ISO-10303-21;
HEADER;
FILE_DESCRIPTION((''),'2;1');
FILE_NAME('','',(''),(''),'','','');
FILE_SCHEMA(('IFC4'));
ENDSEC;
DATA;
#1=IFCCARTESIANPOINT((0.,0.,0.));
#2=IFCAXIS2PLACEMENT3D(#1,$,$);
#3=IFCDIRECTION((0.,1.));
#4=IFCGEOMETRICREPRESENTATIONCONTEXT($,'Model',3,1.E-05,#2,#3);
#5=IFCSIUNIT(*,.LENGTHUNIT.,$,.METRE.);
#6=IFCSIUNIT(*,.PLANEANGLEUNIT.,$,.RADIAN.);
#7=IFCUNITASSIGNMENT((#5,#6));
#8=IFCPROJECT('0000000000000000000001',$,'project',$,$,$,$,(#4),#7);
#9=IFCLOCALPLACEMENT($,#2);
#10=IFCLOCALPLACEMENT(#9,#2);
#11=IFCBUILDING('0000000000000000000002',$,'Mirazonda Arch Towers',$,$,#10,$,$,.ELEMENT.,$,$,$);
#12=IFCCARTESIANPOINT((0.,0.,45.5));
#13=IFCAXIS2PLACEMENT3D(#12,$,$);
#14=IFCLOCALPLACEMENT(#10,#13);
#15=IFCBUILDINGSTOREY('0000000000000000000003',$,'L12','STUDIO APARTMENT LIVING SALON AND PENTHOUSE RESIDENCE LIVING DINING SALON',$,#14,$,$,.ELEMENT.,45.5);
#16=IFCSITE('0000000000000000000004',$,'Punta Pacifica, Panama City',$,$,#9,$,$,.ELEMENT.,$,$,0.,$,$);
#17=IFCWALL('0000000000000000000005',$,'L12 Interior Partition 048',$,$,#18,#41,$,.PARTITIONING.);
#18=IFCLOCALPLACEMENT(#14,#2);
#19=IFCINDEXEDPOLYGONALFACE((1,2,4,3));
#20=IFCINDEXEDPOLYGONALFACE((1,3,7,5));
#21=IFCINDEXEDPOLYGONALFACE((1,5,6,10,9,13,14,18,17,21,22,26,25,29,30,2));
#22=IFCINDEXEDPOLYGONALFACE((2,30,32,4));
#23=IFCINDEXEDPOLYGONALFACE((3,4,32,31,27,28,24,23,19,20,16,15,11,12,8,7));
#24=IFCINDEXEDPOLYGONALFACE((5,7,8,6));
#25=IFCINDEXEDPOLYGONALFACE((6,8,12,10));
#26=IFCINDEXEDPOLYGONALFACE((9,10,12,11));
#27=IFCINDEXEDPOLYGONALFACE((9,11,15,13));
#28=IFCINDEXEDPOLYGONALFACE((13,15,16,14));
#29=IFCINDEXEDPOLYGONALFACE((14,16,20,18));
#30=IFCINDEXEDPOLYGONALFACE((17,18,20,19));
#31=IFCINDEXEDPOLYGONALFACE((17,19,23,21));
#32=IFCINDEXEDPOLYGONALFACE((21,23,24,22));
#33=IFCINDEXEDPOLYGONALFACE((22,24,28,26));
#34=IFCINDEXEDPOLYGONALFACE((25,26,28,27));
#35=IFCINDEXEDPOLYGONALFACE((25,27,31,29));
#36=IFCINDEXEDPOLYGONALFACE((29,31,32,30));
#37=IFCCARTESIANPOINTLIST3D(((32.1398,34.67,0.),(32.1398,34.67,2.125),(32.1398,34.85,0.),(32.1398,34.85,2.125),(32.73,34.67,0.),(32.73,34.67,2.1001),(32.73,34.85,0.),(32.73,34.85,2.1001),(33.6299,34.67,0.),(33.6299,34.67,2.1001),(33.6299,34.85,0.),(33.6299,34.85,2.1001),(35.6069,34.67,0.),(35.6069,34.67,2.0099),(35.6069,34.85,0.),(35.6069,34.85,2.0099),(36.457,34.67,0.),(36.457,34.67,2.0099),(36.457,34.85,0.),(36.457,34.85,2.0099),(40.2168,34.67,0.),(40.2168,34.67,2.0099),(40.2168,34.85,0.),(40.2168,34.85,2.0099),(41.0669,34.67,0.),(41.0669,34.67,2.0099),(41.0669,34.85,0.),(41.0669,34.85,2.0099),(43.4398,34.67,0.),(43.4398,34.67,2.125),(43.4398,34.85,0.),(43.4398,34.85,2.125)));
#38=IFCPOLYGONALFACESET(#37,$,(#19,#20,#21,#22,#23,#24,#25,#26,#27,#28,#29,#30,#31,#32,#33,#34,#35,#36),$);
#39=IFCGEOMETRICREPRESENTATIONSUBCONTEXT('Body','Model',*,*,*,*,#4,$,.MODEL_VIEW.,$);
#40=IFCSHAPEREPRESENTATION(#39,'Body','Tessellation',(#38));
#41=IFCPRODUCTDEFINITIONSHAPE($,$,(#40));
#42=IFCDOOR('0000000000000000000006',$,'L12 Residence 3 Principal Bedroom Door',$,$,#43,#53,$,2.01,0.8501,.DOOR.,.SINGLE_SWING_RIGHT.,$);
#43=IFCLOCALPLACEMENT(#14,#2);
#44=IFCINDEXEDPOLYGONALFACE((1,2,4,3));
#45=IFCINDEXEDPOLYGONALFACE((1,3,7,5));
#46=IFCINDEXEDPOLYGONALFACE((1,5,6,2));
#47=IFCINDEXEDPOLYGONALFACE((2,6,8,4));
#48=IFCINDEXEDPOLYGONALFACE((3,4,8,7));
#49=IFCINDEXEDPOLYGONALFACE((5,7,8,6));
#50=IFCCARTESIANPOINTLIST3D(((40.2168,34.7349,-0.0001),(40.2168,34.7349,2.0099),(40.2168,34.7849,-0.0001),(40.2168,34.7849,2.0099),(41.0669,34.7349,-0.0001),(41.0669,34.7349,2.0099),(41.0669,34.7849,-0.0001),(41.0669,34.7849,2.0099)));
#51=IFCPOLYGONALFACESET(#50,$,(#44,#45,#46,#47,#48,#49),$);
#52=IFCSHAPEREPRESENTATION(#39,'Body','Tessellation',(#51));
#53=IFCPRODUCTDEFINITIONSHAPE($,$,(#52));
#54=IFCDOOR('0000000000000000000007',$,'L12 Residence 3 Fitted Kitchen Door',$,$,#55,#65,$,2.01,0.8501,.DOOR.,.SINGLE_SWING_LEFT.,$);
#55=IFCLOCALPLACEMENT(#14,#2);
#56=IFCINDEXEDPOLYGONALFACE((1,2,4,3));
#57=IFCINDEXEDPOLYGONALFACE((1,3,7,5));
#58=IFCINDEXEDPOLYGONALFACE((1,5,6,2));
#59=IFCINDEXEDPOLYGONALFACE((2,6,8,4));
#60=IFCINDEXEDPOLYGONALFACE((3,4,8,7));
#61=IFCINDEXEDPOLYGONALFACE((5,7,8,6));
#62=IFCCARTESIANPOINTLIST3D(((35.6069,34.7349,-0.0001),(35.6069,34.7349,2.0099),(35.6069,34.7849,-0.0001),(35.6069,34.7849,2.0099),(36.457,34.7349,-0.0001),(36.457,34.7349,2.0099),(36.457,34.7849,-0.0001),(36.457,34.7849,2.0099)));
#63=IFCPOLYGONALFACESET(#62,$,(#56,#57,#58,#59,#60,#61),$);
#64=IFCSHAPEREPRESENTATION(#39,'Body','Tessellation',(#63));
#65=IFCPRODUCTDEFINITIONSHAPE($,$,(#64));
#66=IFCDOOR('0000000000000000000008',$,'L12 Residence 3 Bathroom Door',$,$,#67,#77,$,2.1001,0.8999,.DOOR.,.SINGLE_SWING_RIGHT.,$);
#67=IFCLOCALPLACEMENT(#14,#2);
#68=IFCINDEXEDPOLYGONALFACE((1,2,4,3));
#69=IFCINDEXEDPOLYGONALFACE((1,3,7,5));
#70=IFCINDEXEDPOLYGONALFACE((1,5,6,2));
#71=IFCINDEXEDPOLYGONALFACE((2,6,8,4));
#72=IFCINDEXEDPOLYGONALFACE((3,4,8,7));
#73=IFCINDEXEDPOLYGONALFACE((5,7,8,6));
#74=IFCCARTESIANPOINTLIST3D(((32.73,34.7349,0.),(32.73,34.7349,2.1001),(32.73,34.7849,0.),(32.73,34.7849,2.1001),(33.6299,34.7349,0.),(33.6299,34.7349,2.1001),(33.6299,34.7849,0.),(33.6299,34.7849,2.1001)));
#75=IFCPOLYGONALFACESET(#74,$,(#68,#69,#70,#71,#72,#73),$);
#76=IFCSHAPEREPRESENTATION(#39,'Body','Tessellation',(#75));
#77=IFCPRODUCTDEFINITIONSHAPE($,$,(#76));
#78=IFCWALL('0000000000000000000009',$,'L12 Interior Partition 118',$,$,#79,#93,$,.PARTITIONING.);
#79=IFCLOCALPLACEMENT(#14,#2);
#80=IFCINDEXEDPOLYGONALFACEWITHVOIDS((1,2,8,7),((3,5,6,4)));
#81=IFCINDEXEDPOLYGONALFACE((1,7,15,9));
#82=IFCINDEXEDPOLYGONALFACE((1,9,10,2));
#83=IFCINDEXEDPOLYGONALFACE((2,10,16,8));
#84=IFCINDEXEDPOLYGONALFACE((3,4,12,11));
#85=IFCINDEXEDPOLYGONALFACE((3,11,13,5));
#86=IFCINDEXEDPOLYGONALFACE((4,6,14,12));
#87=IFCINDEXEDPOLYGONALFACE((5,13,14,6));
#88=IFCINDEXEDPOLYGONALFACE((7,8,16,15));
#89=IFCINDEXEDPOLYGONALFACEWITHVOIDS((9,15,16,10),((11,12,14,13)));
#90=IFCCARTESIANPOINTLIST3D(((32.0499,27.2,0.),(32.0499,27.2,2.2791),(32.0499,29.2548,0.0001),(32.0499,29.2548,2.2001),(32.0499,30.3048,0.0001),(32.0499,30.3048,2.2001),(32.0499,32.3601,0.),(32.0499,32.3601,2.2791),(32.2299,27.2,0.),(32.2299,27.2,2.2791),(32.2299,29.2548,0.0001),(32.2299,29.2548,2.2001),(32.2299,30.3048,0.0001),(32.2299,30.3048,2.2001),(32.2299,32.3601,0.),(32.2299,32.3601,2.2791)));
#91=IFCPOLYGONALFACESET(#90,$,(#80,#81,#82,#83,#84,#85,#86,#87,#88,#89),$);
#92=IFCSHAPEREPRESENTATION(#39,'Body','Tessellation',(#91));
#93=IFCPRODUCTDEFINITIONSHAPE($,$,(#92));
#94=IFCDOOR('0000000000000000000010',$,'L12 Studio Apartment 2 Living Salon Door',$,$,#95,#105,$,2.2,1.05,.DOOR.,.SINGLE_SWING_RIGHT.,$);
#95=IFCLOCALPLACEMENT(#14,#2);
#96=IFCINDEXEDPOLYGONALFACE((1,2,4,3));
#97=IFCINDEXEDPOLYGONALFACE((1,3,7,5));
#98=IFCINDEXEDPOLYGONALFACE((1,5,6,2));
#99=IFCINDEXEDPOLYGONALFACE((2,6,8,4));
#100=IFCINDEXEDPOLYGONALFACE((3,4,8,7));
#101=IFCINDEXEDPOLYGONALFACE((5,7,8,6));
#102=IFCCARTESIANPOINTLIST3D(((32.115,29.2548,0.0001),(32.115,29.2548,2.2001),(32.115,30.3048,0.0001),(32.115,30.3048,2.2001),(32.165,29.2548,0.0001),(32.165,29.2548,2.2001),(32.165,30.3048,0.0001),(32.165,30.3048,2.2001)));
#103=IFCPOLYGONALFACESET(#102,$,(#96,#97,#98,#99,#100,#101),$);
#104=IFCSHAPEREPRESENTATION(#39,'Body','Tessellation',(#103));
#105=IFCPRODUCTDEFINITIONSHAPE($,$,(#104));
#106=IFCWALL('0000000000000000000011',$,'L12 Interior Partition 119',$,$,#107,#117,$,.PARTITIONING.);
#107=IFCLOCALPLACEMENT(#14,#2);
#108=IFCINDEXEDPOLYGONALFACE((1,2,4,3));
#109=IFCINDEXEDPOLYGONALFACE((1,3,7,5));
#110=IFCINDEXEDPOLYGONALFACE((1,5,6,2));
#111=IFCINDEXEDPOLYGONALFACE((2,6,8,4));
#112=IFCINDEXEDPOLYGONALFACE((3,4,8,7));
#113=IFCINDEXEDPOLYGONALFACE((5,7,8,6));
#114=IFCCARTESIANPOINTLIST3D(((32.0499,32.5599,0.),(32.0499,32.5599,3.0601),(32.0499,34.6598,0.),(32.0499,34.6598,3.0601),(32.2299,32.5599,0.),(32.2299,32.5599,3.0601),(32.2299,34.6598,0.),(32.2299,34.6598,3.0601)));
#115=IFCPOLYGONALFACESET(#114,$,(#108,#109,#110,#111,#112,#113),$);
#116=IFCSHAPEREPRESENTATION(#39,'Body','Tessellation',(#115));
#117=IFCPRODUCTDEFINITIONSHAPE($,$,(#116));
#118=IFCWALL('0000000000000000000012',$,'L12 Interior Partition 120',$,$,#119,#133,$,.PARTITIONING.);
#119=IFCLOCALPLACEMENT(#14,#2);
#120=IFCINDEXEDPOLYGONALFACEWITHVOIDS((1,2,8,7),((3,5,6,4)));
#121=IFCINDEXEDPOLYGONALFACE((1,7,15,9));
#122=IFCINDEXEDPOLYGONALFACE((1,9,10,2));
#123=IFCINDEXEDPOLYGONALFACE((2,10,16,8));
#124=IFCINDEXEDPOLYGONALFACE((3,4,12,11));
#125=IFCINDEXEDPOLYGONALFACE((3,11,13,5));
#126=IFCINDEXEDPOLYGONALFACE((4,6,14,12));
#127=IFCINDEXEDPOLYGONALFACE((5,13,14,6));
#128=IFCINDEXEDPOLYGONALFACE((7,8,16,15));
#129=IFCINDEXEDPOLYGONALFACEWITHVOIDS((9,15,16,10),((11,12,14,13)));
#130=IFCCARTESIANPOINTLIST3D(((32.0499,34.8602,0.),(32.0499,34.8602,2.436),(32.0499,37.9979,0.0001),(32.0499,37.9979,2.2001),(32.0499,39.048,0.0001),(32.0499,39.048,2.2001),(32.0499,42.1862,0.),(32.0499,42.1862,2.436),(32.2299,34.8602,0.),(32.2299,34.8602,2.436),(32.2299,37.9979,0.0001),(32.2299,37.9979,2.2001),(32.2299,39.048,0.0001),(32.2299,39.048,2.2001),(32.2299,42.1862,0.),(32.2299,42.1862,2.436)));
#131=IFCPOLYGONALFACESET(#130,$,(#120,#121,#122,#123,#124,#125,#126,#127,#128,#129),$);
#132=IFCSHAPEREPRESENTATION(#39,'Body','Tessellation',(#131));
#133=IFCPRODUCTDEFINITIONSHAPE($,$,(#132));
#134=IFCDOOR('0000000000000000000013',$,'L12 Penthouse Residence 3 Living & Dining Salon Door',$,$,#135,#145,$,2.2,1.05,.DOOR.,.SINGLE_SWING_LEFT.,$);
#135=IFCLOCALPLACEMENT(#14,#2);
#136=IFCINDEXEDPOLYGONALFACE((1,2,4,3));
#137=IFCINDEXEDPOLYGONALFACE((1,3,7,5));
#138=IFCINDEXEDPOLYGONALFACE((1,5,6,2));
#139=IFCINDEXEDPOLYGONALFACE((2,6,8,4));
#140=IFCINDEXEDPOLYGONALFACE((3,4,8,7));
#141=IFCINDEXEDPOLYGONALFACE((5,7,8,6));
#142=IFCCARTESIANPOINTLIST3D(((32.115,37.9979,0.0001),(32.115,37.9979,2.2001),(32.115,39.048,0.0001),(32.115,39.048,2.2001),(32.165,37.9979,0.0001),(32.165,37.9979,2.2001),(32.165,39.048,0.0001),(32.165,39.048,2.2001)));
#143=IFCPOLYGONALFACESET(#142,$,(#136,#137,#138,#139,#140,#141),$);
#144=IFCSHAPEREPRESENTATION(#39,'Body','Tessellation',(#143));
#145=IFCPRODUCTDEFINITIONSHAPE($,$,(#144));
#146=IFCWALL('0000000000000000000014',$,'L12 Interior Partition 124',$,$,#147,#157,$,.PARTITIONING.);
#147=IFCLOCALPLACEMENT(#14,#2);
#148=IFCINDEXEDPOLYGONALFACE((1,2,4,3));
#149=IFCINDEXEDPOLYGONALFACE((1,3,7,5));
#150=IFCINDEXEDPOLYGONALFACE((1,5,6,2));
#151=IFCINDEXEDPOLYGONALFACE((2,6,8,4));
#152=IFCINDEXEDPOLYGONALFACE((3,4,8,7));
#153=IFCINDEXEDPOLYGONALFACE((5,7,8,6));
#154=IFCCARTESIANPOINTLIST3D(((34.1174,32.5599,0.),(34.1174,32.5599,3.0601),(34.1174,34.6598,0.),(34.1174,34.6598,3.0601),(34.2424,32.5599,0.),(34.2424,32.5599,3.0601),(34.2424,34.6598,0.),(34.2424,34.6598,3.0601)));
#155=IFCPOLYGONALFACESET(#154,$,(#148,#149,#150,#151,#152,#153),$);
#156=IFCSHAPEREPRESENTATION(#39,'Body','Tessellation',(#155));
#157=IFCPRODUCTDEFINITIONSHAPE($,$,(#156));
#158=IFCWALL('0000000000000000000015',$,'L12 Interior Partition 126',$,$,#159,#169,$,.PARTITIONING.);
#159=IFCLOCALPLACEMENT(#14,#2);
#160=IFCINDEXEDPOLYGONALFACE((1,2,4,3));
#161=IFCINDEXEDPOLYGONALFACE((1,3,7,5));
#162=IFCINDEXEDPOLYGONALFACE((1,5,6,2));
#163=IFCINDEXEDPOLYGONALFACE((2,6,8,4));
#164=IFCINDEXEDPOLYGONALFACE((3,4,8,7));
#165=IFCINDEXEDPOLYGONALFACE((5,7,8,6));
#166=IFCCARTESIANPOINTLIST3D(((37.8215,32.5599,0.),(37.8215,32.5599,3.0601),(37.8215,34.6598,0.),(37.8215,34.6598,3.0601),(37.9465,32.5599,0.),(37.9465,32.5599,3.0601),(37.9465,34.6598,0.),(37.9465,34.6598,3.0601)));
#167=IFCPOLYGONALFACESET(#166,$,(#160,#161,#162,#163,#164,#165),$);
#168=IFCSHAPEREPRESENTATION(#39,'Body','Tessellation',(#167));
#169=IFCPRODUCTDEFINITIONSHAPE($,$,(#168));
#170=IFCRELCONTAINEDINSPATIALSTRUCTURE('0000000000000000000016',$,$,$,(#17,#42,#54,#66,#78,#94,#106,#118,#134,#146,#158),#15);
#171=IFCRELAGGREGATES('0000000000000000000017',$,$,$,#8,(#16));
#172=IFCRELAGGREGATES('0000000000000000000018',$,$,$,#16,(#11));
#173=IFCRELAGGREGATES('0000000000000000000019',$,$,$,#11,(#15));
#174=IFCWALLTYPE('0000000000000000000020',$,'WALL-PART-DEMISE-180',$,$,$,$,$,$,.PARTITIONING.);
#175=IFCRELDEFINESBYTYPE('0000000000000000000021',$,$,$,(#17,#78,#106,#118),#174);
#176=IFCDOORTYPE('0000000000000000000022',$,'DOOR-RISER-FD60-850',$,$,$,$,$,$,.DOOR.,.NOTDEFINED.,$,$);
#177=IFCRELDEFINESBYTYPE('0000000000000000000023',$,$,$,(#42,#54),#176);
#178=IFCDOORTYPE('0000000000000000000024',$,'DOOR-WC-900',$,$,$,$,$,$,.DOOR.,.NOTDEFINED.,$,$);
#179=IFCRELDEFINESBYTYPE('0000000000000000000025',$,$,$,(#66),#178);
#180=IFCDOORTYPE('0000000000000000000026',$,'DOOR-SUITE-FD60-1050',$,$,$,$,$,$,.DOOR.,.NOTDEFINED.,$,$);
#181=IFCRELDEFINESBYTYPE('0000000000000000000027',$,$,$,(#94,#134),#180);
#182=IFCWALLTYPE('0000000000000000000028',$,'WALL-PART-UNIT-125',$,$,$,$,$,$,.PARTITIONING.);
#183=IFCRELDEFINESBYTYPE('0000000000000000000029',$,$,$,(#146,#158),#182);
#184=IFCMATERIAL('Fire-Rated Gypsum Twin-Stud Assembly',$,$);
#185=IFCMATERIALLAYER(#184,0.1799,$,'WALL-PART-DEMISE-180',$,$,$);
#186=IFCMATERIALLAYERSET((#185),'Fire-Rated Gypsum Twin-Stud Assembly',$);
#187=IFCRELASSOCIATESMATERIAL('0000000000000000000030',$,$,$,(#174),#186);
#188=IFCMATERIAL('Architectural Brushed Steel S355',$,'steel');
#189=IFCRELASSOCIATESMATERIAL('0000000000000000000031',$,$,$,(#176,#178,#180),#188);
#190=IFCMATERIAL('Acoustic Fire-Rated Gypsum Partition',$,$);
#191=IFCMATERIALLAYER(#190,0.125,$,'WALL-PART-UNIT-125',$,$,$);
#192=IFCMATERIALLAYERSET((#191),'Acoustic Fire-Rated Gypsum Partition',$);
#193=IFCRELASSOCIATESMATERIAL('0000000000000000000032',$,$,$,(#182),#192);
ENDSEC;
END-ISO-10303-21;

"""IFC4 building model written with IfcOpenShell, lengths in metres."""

from ifc_helpers import new_model, si_unit, direction, frame, frame_2d, origin, place, context, subcontext, project, spatial, rectangle, extrude, material, layer, layer_set, type_object, element, fill, save


model = new_model("IFC4")

# Units and contexts
model_context = context("Model", 3, precision=1e-05, world=origin(), true_north=direction((0.0, 1.0)))
body_context = subcontext(model_context, "Body", "Model", "MODEL_VIEW")
ifc_project = project(units=[si_unit("LENGTHUNIT", "METRE"), si_unit("PLANEANGLEUNIT", "RADIAN")], contexts=[model_context])

# Site, building, storey
site_placement = place(None, origin())
site = spatial("IfcSite", under=ifc_project, at=site_placement, Name="Punta Pacifica, Panama City", CompositionType="ELEMENT", RefElevation=0.0)
building_placement = place(site_placement, origin())
building = spatial("IfcBuilding", under=site, at=building_placement, Name="Mirazonda Arch Towers", CompositionType="ELEMENT")
storey_placement = place(building_placement, frame((0.0, 0.0, 45.5)))
storey = spatial("IfcBuildingStorey", under=building, at=storey_placement, Name="L12", Description="STUDIO APARTMENT LIVING SALON AND PENTHOUSE RESIDENCE LIVING DINING SALON", CompositionType="ELEMENT", Elevation=45.5)

# Shared definitions
ifc_material_1 = material(Name="Fire-Rated Gypsum Twin-Stud Assembly")
ifc_layer_1 = layer(ifc_material_1, 0.1799, Name="WALL-PART-DEMISE-180")
ifc_layer_set_1 = layer_set([ifc_layer_1], Name="Fire-Rated Gypsum Twin-Stud Assembly")
wall_type_1 = type_object("IfcWallType", Name="WALL-PART-DEMISE-180", PredefinedType="PARTITIONING", material=ifc_layer_set_1)
ifc_material_2 = material(Name="Architectural Brushed Steel S355", Category="steel")
door_type_1 = type_object("IfcDoorType", Name="DOOR-RISER-FD60-850", OperationType="NOTDEFINED", PredefinedType="DOOR", material=ifc_material_2)
door_type_2 = type_object("IfcDoorType", Name="DOOR-WC-900", OperationType="NOTDEFINED", PredefinedType="DOOR", material=ifc_material_2)

# Wall, openings, doors
wall_1_placement = place(storey_placement, frame((32.1399, 34.76, 0.0), z_axis=(0.0, 0.0, 1.0), x_axis=(1.0, 0.0, 0.0)))
wall_1 = element("IfcWall", 1, at=wall_1_placement, inside=storey, type_object=wall_type_1, Name="L12 Interior Partition 048", PredefinedType="PARTITIONING", context=body_context, shape_type="SweptSolid", body=[
    extrude(rectangle(XDim=11.3, YDim=0.1799, at=frame_2d((5.6499, 0.0))), origin(), (0.0, 0.0, 1.0), 2.125),
])
opening_1_placement = place(wall_1_placement, frame((8.0769, 0.0, 0.0)))
opening_1 = element("IfcOpeningElement", 2, at=opening_1_placement, cuts=wall_1, PredefinedType="OPENING", context=body_context, shape_type="SweptSolid", body=[
    extrude(rectangle(XDim=0.8501, YDim=2.01, at=frame_2d((0.425, 1.0049))), frame((0.0, 0.0999, 0.0), z_axis=(0.0, -1.0, 0.0), x_axis=(1.0, 0.0, 0.0)), (0.0, 0.0, 1.0), 0.2),
])
opening_2_placement = place(wall_1_placement, frame((3.467, 0.0, 0.0)))
opening_2 = element("IfcOpeningElement", 3, at=opening_2_placement, cuts=wall_1, PredefinedType="OPENING", context=body_context, shape_type="SweptSolid", body=[
    extrude(rectangle(XDim=0.8501, YDim=2.01, at=frame_2d((0.425, 1.0049))), frame((0.0, 0.0999, 0.0), z_axis=(0.0, -1.0, 0.0), x_axis=(1.0, 0.0, 0.0)), (0.0, 0.0, 1.0), 0.2),
])
opening_3_placement = place(wall_1_placement, frame((0.5901, 0.0, 0.0)))
opening_3 = element("IfcOpeningElement", 4, at=opening_3_placement, cuts=wall_1, PredefinedType="OPENING", context=body_context, shape_type="SweptSolid", body=[
    extrude(rectangle(XDim=0.8999, YDim=2.1001, at=frame_2d((0.45, 1.05))), frame((0.0, 0.0999, 0.0), z_axis=(0.0, -1.0, 0.0), x_axis=(1.0, 0.0, 0.0)), (0.0, 0.0, 1.0), 0.2),
])
door_1_placement = place(opening_1_placement, origin())
door_1 = element("IfcDoor", 5, at=door_1_placement, inside=storey, type_object=door_type_1, Name="L12 Residence 3 Principal Bedroom Door", OperationType="SINGLE_SWING_RIGHT", OverallHeight=2.01, OverallWidth=0.8501, PredefinedType="DOOR", context=body_context, shape_type="SweptSolid", body=[
    extrude(rectangle(XDim=0.8501, YDim=2.01, at=frame_2d((0.425, 1.0049))), frame((0.0, 0.0249, 0.0), z_axis=(0.0, -1.0, 0.0), x_axis=(1.0, 0.0, 0.0)), (0.0, 0.0, 1.0), 0.05),
])
fill(opening_1, door_1)
door_2_placement = place(opening_2_placement, origin())
door_2 = element("IfcDoor", 6, at=door_2_placement, inside=storey, type_object=door_type_1, Name="L12 Residence 3 Fitted Kitchen Door", OperationType="SINGLE_SWING_LEFT", OverallHeight=2.01, OverallWidth=0.8501, PredefinedType="DOOR", context=body_context, shape_type="SweptSolid", body=[
    extrude(rectangle(XDim=0.8501, YDim=2.01, at=frame_2d((0.425, 1.0049))), frame((0.0, 0.0249, 0.0), z_axis=(0.0, -1.0, 0.0), x_axis=(1.0, 0.0, 0.0)), (0.0, 0.0, 1.0), 0.05),
])
fill(opening_2, door_2)
door_3_placement = place(opening_3_placement, origin())
door_3 = element("IfcDoor", 7, at=door_3_placement, inside=storey, type_object=door_type_2, Name="L12 Residence 3 Bathroom Door", OperationType="SINGLE_SWING_RIGHT", OverallHeight=2.1001, OverallWidth=0.8999, PredefinedType="DOOR", context=body_context, shape_type="SweptSolid", body=[
    extrude(rectangle(XDim=0.8999, YDim=2.1001, at=frame_2d((0.45, 1.05))), frame((0.0, 0.0249, 0.0), z_axis=(0.0, -1.0, 0.0), x_axis=(1.0, 0.0, 0.0)), (0.0, 0.0, 1.0), 0.05),
])
fill(opening_3, door_3)

# Wall, opening, door
wall_2_placement = place(storey_placement, frame((32.1399, 27.2, 0.0), z_axis=(0.0, 0.0, 1.0), x_axis=(0.0, 1.0, 0.0)))
wall_2 = element("IfcWall", 8, at=wall_2_placement, inside=storey, type_object=wall_type_1, Name="L12 Interior Partition 118", PredefinedType="PARTITIONING", context=body_context, shape_type="SweptSolid", body=[
    extrude(rectangle(XDim=5.1602, YDim=0.1799, at=frame_2d((2.5801, 0.0))), origin(), (0.0, 0.0, 1.0), 2.2791),
])
opening_4_placement = place(wall_2_placement, frame((2.0549, 0.0, 0.0)))
opening_4 = element("IfcOpeningElement", 9, at=opening_4_placement, cuts=wall_2, PredefinedType="OPENING", context=body_context, shape_type="SweptSolid", body=[
    extrude(rectangle(XDim=1.05, YDim=2.2, at=frame_2d((0.5249, 1.1001))), frame((0.0, 0.0999, 0.0), z_axis=(0.0, -1.0, 0.0), x_axis=(1.0, 0.0, 0.0)), (0.0, 0.0, 1.0), 0.2),
])
door_type_3 = type_object("IfcDoorType", Name="DOOR-SUITE-FD60-1050", OperationType="NOTDEFINED", PredefinedType="DOOR", material=ifc_material_2)
door_4_placement = place(opening_4_placement, origin())
door_4 = element("IfcDoor", 10, at=door_4_placement, inside=storey, type_object=door_type_3, Name="L12 Studio Apartment 2 Living Salon Door", OperationType="SINGLE_SWING_RIGHT", OverallHeight=2.2, OverallWidth=1.05, PredefinedType="DOOR", context=body_context, shape_type="SweptSolid", body=[
    extrude(rectangle(XDim=1.05, YDim=2.2, at=frame_2d((0.5249, 1.1001))), frame((0.0, 0.0249, 0.0), z_axis=(0.0, -1.0, 0.0), x_axis=(1.0, 0.0, 0.0)), (0.0, 0.0, 1.0), 0.05),
])
fill(opening_4, door_4)

# Wall
wall_3_placement = place(storey_placement, frame((32.1399, 32.5601, 0.0), z_axis=(0.0, 0.0, 1.0), x_axis=(0.0, 1.0, 0.0)))
element("IfcWall", 11, at=wall_3_placement, inside=storey, type_object=wall_type_1, Name="L12 Interior Partition 119", PredefinedType="PARTITIONING", context=body_context, shape_type="SweptSolid", body=[
    extrude(rectangle(XDim=2.0999, YDim=0.1799, at=frame_2d((1.0498, 0.0))), origin(), (0.0, 0.0, 1.0), 3.0601),
])

# Wall, opening, door
wall_4_placement = place(storey_placement, frame((32.1399, 34.8601, 0.0), z_axis=(0.0, 0.0, 1.0), x_axis=(0.0, 1.0, 0.0)))
wall_4 = element("IfcWall", 12, at=wall_4_placement, inside=storey, type_object=wall_type_1, Name="L12 Interior Partition 120", PredefinedType="PARTITIONING", context=body_context, shape_type="SweptSolid", body=[
    extrude(rectangle(XDim=7.3259, YDim=0.1799, at=frame_2d((3.6631, 0.0))), origin(), (0.0, 0.0, 1.0), 2.436),
])
opening_5_placement = place(wall_4_placement, frame((3.1379, 0.0, 0.0)))
opening_5 = element("IfcOpeningElement", 13, at=opening_5_placement, cuts=wall_4, PredefinedType="OPENING", context=body_context, shape_type="SweptSolid", body=[
    extrude(rectangle(XDim=1.05, YDim=2.2, at=frame_2d((0.5249, 1.1001))), frame((0.0, 0.0999, 0.0), z_axis=(0.0, -1.0, 0.0), x_axis=(1.0, 0.0, 0.0)), (0.0, 0.0, 1.0), 0.2),
])
door_5_placement = place(opening_5_placement, origin())
door_5 = element("IfcDoor", 14, at=door_5_placement, inside=storey, type_object=door_type_3, Name="L12 Penthouse Residence 3 Living & Dining Salon Door", OperationType="SINGLE_SWING_LEFT", OverallHeight=2.2, OverallWidth=1.05, PredefinedType="DOOR", context=body_context, shape_type="SweptSolid", body=[
    extrude(rectangle(XDim=1.05, YDim=2.2, at=frame_2d((0.5249, 1.1001))), frame((0.0, 0.0249, 0.0), z_axis=(0.0, -1.0, 0.0), x_axis=(1.0, 0.0, 0.0)), (0.0, 0.0, 1.0), 0.05),
])
fill(opening_5, door_5)

# Walls
ifc_material_3 = material(Name="Acoustic Fire-Rated Gypsum Partition")
ifc_layer_2 = layer(ifc_material_3, 0.125, Name="WALL-PART-UNIT-125")
ifc_layer_set_2 = layer_set([ifc_layer_2], Name="Acoustic Fire-Rated Gypsum Partition")
wall_type_2 = type_object("IfcWallType", Name="WALL-PART-UNIT-125", PredefinedType="PARTITIONING", material=ifc_layer_set_2)
for number, where, z_axis, x_axis, name in (
    (15, (34.1799, 32.5601, 0.0), (0.0, 0.0, 1.0), (0.0, 1.0, 0.0), "L12 Interior Partition 124"),
    (16, (37.884, 32.5601, 0.0), (0.0, 0.0, 1.0), (0.0, 1.0, 0.0), "L12 Interior Partition 126"),
):
    element("IfcWall", number, at=place(storey_placement, frame(where, z_axis=z_axis, x_axis=x_axis)), inside=storey, type_object=wall_type_2, Name=name, PredefinedType="PARTITIONING", context=body_context, shape_type="SweptSolid", body=[
        extrude(rectangle(XDim=2.0999, YDim=0.125, at=frame_2d((1.0498, 0.0))), origin(), (0.0, 0.0, 1.0), 3.0601),
    ])

save(model, "model.ifc")
